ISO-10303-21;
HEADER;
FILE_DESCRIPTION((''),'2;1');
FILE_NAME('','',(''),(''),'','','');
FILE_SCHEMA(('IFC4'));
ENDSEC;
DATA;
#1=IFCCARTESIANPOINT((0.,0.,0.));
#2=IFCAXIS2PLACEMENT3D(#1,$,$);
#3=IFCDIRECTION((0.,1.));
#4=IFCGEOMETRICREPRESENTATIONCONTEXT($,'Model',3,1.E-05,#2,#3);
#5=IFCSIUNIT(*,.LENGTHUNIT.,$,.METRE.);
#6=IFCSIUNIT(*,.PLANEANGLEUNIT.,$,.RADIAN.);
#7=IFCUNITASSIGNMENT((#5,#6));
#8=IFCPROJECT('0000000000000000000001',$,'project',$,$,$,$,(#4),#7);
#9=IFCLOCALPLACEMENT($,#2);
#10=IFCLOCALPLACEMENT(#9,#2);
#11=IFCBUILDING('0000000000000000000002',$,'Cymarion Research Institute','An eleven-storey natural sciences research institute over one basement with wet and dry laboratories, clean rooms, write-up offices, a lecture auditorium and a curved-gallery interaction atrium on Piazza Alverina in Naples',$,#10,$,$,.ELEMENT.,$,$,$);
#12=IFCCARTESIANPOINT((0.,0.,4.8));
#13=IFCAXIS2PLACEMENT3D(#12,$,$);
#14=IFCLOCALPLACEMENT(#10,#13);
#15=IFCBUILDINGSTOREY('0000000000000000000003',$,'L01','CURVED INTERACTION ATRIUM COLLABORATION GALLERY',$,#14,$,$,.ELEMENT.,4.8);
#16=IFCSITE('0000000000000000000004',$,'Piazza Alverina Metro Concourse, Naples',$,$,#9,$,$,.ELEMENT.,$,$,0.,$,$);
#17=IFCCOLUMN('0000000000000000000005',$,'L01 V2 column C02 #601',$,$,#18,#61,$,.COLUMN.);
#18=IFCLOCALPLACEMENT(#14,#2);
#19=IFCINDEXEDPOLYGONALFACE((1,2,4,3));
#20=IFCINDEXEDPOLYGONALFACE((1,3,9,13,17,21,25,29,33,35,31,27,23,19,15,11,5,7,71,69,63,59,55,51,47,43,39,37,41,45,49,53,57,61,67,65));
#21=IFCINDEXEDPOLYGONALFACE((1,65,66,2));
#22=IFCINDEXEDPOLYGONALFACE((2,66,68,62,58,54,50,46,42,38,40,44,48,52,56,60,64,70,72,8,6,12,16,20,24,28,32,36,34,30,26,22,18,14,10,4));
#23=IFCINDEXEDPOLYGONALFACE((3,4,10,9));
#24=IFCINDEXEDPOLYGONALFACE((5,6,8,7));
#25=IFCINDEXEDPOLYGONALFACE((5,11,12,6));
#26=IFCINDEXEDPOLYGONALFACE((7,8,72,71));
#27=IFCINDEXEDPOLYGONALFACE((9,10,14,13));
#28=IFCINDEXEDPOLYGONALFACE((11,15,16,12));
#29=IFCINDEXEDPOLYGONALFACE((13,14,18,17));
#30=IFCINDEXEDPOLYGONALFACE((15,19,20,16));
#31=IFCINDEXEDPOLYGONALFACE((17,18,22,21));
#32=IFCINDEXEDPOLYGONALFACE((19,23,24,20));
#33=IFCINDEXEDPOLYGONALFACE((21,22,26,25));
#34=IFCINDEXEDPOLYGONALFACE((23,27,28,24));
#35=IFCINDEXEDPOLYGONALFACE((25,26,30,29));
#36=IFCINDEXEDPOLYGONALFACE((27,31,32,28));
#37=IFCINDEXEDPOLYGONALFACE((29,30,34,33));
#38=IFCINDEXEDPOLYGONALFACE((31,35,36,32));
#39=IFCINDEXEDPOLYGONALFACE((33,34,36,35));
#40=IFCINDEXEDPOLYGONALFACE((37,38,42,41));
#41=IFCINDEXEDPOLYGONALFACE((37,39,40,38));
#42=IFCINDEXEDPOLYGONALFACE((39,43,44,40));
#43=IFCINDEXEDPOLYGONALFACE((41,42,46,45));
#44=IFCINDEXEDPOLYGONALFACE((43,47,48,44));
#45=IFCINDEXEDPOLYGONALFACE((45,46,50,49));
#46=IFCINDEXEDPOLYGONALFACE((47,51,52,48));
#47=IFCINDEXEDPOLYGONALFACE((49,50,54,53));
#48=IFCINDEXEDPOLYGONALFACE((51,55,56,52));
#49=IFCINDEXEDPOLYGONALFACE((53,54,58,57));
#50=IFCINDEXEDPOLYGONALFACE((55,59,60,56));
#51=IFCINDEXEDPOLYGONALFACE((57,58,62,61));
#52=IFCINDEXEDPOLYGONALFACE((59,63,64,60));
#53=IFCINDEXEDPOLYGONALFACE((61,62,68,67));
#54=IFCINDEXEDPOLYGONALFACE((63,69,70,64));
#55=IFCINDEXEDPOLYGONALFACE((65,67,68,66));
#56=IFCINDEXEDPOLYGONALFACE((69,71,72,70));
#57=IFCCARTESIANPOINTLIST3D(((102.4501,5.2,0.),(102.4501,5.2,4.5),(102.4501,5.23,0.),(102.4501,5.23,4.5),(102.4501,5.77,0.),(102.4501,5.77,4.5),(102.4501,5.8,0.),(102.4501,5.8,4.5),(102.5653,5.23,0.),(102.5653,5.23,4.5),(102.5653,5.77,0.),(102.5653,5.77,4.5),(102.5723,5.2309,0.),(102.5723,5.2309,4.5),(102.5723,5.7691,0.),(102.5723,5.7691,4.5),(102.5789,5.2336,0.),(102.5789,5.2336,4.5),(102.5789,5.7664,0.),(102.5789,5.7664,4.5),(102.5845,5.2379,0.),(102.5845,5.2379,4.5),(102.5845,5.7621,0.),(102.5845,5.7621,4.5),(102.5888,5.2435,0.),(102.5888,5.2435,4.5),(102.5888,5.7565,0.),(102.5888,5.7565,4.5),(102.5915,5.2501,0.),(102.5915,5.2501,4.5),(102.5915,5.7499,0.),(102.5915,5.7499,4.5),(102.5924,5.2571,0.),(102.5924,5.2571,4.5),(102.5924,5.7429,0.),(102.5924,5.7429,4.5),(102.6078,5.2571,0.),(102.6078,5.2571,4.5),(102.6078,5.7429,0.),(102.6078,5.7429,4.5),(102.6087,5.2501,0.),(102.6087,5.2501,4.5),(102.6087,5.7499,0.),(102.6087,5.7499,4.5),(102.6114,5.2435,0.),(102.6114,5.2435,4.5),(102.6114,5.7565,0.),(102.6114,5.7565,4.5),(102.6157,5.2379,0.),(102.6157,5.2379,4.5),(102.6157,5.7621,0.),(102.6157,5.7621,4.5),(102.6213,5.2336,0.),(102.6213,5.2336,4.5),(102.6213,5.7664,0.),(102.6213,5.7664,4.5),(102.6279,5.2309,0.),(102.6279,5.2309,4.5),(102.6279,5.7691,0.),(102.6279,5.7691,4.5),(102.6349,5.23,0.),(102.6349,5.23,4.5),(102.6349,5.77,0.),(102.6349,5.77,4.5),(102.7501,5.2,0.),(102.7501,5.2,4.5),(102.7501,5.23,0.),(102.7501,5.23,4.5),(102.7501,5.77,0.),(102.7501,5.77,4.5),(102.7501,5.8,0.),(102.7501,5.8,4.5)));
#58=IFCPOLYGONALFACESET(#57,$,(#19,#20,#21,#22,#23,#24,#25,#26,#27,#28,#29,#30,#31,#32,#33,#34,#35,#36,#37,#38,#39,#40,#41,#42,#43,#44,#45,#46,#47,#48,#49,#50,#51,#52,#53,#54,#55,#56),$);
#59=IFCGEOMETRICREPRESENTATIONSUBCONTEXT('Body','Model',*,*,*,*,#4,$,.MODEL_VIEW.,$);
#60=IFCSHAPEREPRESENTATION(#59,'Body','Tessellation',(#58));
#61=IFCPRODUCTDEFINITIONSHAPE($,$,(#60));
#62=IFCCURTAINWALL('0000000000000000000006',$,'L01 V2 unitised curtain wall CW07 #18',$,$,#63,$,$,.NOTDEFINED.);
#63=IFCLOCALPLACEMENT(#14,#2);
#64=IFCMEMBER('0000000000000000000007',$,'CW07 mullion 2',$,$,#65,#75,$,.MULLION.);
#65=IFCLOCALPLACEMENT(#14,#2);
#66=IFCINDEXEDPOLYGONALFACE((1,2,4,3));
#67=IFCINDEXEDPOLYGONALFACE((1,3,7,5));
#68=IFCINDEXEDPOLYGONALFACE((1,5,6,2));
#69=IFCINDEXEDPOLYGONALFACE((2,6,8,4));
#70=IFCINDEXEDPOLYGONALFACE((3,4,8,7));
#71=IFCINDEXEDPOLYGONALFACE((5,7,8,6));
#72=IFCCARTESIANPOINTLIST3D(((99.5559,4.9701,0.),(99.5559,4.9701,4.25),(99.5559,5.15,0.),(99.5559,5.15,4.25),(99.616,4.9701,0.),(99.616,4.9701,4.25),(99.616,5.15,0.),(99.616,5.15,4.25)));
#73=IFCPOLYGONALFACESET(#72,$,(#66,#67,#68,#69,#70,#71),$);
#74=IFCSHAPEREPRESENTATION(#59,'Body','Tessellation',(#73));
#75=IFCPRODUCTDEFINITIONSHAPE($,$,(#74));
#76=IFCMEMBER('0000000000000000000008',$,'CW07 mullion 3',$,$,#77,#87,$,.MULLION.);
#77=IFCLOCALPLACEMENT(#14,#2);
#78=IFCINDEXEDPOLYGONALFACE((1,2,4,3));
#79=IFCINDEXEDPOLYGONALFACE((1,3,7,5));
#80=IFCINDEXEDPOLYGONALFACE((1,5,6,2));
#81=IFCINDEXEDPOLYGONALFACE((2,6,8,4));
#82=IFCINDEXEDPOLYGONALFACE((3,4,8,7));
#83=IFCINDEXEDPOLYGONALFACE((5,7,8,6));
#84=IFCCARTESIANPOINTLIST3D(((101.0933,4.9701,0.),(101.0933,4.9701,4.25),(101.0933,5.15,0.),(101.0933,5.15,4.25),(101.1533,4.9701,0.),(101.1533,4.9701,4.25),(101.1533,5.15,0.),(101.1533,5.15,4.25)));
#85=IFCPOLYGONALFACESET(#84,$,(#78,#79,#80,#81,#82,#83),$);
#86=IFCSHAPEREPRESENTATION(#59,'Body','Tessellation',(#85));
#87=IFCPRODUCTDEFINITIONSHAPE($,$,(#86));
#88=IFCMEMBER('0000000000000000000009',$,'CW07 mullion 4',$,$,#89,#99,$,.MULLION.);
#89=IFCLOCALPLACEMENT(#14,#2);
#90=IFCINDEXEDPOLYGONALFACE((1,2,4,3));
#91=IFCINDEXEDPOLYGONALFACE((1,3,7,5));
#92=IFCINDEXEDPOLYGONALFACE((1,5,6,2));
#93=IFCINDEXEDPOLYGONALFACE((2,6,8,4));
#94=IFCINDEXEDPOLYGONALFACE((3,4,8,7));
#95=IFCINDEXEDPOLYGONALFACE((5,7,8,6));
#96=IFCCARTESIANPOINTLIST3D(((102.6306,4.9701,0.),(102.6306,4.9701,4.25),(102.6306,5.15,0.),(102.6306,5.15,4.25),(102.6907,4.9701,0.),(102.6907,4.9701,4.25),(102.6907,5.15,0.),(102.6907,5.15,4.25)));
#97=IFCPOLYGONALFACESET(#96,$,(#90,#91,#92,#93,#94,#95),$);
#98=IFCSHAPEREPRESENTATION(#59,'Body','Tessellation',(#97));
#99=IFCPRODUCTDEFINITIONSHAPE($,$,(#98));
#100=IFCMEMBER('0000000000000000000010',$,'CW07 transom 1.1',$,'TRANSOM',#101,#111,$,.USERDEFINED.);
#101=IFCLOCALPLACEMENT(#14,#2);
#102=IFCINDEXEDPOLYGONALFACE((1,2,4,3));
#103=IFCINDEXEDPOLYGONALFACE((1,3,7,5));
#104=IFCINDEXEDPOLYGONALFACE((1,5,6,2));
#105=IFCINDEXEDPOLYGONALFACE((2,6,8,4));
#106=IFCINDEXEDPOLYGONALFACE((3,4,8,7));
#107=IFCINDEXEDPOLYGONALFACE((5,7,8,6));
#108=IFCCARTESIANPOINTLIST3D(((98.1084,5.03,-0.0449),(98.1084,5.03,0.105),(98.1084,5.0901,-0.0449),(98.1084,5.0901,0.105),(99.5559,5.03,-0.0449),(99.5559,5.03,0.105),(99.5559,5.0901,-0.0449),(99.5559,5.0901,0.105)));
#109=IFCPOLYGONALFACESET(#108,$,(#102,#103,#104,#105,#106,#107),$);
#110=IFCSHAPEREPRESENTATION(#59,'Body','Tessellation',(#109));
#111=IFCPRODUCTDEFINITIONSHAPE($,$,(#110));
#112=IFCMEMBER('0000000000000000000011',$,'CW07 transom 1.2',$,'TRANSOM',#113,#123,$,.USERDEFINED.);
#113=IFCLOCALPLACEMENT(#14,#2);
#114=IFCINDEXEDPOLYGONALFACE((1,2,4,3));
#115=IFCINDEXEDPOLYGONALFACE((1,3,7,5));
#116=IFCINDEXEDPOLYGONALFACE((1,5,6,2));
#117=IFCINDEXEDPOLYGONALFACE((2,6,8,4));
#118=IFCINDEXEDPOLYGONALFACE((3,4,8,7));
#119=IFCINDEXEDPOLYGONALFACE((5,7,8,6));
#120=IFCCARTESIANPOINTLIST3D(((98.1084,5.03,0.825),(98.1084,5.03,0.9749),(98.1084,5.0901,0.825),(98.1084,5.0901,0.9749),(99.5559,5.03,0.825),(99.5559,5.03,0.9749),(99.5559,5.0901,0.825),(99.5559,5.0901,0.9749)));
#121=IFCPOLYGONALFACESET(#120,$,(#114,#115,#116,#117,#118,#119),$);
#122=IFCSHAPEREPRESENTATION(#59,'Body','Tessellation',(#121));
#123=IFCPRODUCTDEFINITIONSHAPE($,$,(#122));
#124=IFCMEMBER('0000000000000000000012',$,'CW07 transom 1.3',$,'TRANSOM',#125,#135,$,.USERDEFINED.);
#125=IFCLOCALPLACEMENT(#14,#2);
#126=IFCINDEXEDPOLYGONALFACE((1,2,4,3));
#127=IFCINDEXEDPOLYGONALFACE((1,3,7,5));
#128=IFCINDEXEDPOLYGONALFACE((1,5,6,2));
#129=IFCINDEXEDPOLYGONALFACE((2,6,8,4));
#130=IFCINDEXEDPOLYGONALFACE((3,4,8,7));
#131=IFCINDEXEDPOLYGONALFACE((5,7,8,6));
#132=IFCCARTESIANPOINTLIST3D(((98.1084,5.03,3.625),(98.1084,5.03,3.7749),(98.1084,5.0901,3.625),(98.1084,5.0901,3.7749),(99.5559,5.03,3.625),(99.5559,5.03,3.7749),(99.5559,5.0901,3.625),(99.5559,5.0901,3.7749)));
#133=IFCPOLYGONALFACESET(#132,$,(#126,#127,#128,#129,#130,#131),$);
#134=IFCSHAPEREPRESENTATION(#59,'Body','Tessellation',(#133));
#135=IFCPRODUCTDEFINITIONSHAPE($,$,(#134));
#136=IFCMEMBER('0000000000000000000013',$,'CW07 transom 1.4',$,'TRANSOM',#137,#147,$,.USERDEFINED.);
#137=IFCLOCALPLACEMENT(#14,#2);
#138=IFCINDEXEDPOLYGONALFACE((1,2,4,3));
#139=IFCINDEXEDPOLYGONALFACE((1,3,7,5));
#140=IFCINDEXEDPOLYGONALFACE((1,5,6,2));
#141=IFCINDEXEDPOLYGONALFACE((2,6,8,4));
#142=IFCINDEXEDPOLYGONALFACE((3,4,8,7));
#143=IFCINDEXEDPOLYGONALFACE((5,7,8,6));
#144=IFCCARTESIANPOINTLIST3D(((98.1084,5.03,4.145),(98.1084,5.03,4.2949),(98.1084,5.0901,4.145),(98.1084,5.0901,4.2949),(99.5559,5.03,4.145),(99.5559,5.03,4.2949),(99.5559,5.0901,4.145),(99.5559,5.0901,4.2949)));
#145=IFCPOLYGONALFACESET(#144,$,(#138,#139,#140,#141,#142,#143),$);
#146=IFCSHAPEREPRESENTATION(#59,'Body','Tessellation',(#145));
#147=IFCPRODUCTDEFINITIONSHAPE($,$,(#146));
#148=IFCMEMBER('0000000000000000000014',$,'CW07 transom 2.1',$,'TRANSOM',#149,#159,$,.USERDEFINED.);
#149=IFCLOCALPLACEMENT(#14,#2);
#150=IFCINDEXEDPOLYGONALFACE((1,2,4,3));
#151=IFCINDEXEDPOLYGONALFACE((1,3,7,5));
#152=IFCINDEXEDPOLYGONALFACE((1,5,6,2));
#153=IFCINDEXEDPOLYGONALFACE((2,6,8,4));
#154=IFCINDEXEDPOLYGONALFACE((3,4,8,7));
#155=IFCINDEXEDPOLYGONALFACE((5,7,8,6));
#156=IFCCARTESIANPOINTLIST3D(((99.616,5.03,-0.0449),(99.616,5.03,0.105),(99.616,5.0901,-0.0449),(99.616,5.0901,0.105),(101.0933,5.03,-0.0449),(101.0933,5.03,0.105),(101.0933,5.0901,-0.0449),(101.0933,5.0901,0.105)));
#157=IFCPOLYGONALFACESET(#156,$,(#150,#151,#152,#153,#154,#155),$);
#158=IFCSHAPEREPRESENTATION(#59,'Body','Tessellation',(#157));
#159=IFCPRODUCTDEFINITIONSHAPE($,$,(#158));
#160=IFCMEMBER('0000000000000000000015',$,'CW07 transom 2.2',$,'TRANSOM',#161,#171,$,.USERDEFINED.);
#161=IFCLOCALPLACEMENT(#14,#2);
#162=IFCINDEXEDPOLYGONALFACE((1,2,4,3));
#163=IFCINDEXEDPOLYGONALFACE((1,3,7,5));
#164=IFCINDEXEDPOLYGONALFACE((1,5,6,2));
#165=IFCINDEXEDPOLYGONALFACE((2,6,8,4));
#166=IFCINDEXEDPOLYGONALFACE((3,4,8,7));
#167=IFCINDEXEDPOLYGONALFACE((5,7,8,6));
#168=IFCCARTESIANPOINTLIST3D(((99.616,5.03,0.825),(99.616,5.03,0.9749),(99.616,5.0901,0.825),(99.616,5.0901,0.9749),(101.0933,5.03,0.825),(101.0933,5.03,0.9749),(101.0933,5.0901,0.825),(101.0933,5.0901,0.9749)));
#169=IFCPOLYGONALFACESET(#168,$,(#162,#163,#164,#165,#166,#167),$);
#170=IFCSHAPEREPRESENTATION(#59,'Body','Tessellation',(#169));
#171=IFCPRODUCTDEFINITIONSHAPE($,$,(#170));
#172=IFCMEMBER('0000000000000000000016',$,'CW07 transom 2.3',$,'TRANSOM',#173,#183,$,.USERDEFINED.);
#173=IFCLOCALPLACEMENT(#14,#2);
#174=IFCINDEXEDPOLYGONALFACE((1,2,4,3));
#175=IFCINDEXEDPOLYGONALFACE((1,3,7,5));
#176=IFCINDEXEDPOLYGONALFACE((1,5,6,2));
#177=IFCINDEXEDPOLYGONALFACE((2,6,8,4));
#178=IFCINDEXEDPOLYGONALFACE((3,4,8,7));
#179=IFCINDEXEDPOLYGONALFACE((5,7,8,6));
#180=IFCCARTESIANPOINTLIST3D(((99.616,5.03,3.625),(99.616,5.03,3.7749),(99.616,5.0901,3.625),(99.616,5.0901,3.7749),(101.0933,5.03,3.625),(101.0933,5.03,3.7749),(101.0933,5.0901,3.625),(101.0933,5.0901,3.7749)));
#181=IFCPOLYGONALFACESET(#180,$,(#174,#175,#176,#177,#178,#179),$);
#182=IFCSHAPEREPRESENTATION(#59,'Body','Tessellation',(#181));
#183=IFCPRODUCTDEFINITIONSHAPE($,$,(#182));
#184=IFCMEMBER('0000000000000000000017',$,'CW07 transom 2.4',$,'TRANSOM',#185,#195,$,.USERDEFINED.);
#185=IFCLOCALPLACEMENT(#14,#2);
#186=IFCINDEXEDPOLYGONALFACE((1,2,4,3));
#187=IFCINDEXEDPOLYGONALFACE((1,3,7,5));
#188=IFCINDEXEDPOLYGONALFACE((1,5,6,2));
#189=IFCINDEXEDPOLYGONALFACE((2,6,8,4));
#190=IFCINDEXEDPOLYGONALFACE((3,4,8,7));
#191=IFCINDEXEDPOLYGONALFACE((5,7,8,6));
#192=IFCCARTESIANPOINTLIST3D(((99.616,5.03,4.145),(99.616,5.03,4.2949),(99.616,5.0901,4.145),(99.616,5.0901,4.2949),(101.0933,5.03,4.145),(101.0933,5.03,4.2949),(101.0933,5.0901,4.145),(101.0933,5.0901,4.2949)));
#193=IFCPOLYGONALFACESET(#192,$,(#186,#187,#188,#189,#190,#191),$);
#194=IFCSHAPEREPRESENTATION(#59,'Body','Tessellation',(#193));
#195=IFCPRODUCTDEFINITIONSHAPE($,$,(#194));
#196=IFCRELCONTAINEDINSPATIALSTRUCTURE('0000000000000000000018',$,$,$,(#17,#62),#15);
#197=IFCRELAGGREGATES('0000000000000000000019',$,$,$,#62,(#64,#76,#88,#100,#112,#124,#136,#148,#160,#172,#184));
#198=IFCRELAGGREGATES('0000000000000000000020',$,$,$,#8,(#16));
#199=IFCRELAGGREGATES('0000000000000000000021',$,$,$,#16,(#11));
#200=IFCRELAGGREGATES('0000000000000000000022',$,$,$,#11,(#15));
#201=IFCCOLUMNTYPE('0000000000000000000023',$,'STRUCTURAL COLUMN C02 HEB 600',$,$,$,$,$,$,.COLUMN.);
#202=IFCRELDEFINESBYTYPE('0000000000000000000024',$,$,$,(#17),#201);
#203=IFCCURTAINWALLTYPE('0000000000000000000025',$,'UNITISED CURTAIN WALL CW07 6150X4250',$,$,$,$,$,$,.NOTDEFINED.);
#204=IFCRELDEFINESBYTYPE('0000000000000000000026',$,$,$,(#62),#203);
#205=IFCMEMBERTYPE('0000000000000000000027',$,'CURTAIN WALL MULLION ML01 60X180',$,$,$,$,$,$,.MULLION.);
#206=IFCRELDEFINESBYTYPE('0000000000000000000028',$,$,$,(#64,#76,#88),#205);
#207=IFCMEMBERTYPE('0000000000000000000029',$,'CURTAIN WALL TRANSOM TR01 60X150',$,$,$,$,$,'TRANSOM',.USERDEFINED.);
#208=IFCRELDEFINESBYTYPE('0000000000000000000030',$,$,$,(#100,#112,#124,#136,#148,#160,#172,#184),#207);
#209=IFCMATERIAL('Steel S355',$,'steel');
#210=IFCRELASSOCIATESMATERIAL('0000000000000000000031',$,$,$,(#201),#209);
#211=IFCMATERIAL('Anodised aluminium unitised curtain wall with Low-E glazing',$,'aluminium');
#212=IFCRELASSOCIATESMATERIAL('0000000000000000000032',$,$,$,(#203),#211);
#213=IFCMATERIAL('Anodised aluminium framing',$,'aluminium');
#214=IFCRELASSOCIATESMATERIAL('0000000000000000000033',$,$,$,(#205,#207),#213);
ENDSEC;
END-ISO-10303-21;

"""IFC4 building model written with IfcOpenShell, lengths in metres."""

from ifc_helpers import new_model, si_unit, direction, frame, origin, origin_2d, place, context, subcontext, project, spatial, rectangle, i_section, extrude, material, material_profile, profile_set, type_object, element, aggregate, save


model = new_model("IFC4")

# Units and contexts
model_context = context("Model", 3, precision=1e-05, world=origin(), true_north=direction((0.0, 1.0)))
body_context = subcontext(model_context, "Body", "Model", "MODEL_VIEW")
ifc_project = project(units=[si_unit("LENGTHUNIT", "METRE"), si_unit("PLANEANGLEUNIT", "RADIAN")], contexts=[model_context])

# Site, building, storey
site_placement = place(None, origin())
site = spatial("IfcSite", under=ifc_project, at=site_placement, Name="Piazza Alverina Metro Concourse, Naples", CompositionType="ELEMENT", RefElevation=0.0)
building_placement = place(site_placement, origin())
building = spatial("IfcBuilding", under=site, at=building_placement, Name="Cymarion Research Institute", Description="An eleven-storey natural sciences research institute over one basement with wet and dry laboratories, clean rooms, write-up offices, a lecture auditorium and a curved-gallery interaction atrium on Piazza Alverina in Naples", CompositionType="ELEMENT")
storey_placement = place(building_placement, frame((0.0, 0.0, 4.8)))
storey = spatial("IfcBuildingStorey", under=building, at=storey_placement, Name="L01", Description="CURVED INTERACTION ATRIUM COLLABORATION GALLERY", CompositionType="ELEMENT", Elevation=4.8)

# Column
ifc_material_1 = material(Name="Steel S355", Category="steel")
ifc_material_profile_1 = material_profile(ifc_material_1, i_section(OverallWidth=0.3, OverallDepth=0.6001, WebThickness=0.0154, FlangeThickness=0.03, FilletRadius=0.0271, at=origin_2d()), Name="HEB 600")
ifc_profile_set_1 = profile_set([ifc_material_profile_1], Name="Steel S355")
column_type = type_object("IfcColumnType", Name="STRUCTURAL COLUMN C02 HEB 600", PredefinedType="COLUMN", material=ifc_profile_set_1)
column_placement = place(storey_placement, frame((102.6001, 5.5, 0.0), z_axis=(0.0, 0.0, 1.0), x_axis=(1.0, 0.0, 0.0)))
element("IfcColumn", 1, at=column_placement, inside=storey, type_object=column_type, Name="L01 V2 column C02 #601", PredefinedType="COLUMN", context=body_context, shape_type="SweptSolid", body=[
    extrude(i_section(OverallWidth=0.3, OverallDepth=0.6001, WebThickness=0.0154, FlangeThickness=0.03, FilletRadius=0.0271, at=origin_2d()), origin(), (0.0, 0.0, 1.0), 4.5),
])

# Curtain wall, members
ifc_material_2 = material(Name="Anodised aluminium unitised curtain wall with Low-E glazing", Category="aluminium")
curtain_wall_type = type_object("IfcCurtainWallType", Name="UNITISED CURTAIN WALL CW07 6150X4250", PredefinedType="NOTDEFINED", material=ifc_material_2)
curtain_wall_placement = place(storey_placement, origin())
curtain_wall = element("IfcCurtainWall", 2, at=curtain_wall_placement, inside=storey, type_object=curtain_wall_type, Name="L01 V2 unitised curtain wall CW07 #18", PredefinedType="NOTDEFINED")
ifc_material_3 = material(Name="Anodised aluminium framing", Category="aluminium")
ifc_material_profile_2 = material_profile(ifc_material_3, rectangle(XDim=0.0601, YDim=0.1799, at=origin_2d()), Name="ALU MULLION 60x180")
ifc_profile_set_2 = profile_set([ifc_material_profile_2], Name="Anodised aluminium framing")
member_type_1 = type_object("IfcMemberType", Name="CURTAIN WALL MULLION ML01 60X180", PredefinedType="MULLION", material=ifc_profile_set_2)
member_1_placement = place(storey_placement, frame((99.5859, 5.0601, 0.0), z_axis=(0.0, 0.0, 1.0), x_axis=(1.0, 0.0, 0.0)))
member_1 = element("IfcMember", 3, at=member_1_placement, type_object=member_type_1, Name="CW07 mullion 2", PredefinedType="MULLION", context=body_context, shape_type="SweptSolid", body=[
    extrude(rectangle(XDim=0.0601, YDim=0.1799, at=origin_2d()), origin(), (0.0, 0.0, 1.0), 4.25),
])
member_2_placement = place(storey_placement, frame((101.1233, 5.0601, 0.0), z_axis=(0.0, 0.0, 1.0), x_axis=(1.0, 0.0, 0.0)))
member_2 = element("IfcMember", 4, at=member_2_placement, type_object=member_type_1, Name="CW07 mullion 3", PredefinedType="MULLION", context=body_context, shape_type="SweptSolid", body=[
    extrude(rectangle(XDim=0.0601, YDim=0.1799, at=origin_2d()), origin(), (0.0, 0.0, 1.0), 4.25),
])
member_3_placement = place(storey_placement, frame((102.6606, 5.0601, 0.0), z_axis=(0.0, 0.0, 1.0), x_axis=(1.0, 0.0, 0.0)))
member_3 = element("IfcMember", 5, at=member_3_placement, type_object=member_type_1, Name="CW07 mullion 4", PredefinedType="MULLION", context=body_context, shape_type="SweptSolid", body=[
    extrude(rectangle(XDim=0.0601, YDim=0.1799, at=origin_2d()), origin(), (0.0, 0.0, 1.0), 4.25),
])
ifc_material_profile_3 = material_profile(ifc_material_3, rectangle(XDim=0.0601, YDim=0.1499, at=origin_2d()), Name="ALU TRANSOM 60x150")
ifc_profile_set_3 = profile_set([ifc_material_profile_3], Name="Anodised aluminium framing")
member_type_2 = type_object("IfcMemberType", Name="CURTAIN WALL TRANSOM TR01 60X150", ElementType="TRANSOM", PredefinedType="USERDEFINED", material=ifc_profile_set_3)
member_4_placement = place(storey_placement, frame((98.1084, 5.0601, 0.03), z_axis=(1.0, 0.0, 0.0), x_axis=(0.0, 1.0, 0.0)))
member_4 = element("IfcMember", 6, at=member_4_placement, type_object=member_type_2, Name="CW07 transom 1.1", ObjectType="TRANSOM", PredefinedType="USERDEFINED", context=body_context, shape_type="SweptSolid", body=[
    extrude(rectangle(XDim=0.0601, YDim=0.1499, at=origin_2d()), origin(), (0.0, 0.0, 1.0), 1.4475),
])
member_5_placement = place(storey_placement, frame((98.1084, 5.0601, 0.8999), z_axis=(1.0, 0.0, 0.0), x_axis=(0.0, 1.0, 0.0)))
member_5 = element("IfcMember", 7, at=member_5_placement, type_object=member_type_2, Name="CW07 transom 1.2", ObjectType="TRANSOM", PredefinedType="USERDEFINED", context=body_context, shape_type="SweptSolid", body=[
    extrude(rectangle(XDim=0.0601, YDim=0.1499, at=origin_2d()), origin(), (0.0, 0.0, 1.0), 1.4475),
])
member_6_placement = place(storey_placement, frame((98.1084, 5.0601, 3.7), z_axis=(1.0, 0.0, 0.0), x_axis=(0.0, 1.0, 0.0)))
member_6 = element("IfcMember", 8, at=member_6_placement, type_object=member_type_2, Name="CW07 transom 1.3", ObjectType="TRANSOM", PredefinedType="USERDEFINED", context=body_context, shape_type="SweptSolid", body=[
    extrude(rectangle(XDim=0.0601, YDim=0.1499, at=origin_2d()), origin(), (0.0, 0.0, 1.0), 1.4475),
])
member_7_placement = place(storey_placement, frame((98.1084, 5.0601, 4.22), z_axis=(1.0, 0.0, 0.0), x_axis=(0.0, 1.0, 0.0)))
member_7 = element("IfcMember", 9, at=member_7_placement, type_object=member_type_2, Name="CW07 transom 1.4", ObjectType="TRANSOM", PredefinedType="USERDEFINED", context=body_context, shape_type="SweptSolid", body=[
    extrude(rectangle(XDim=0.0601, YDim=0.1499, at=origin_2d()), origin(), (0.0, 0.0, 1.0), 1.4475),
])
member_8_placement = place(storey_placement, frame((99.616, 5.0601, 0.03), z_axis=(1.0, 0.0, 0.0), x_axis=(0.0, 1.0, 0.0)))
member_8 = element("IfcMember", 10, at=member_8_placement, type_object=member_type_2, Name="CW07 transom 2.1", ObjectType="TRANSOM", PredefinedType="USERDEFINED", context=body_context, shape_type="SweptSolid", body=[
    extrude(rectangle(XDim=0.0601, YDim=0.1499, at=origin_2d()), origin(), (0.0, 0.0, 1.0), 1.4773),
])
member_9_placement = place(storey_placement, frame((99.616, 5.0601, 0.8999), z_axis=(1.0, 0.0, 0.0), x_axis=(0.0, 1.0, 0.0)))
member_9 = element("IfcMember", 11, at=member_9_placement, type_object=member_type_2, Name="CW07 transom 2.2", ObjectType="TRANSOM", PredefinedType="USERDEFINED", context=body_context, shape_type="SweptSolid", body=[
    extrude(rectangle(XDim=0.0601, YDim=0.1499, at=origin_2d()), origin(), (0.0, 0.0, 1.0), 1.4773),
])
member_10_placement = place(storey_placement, frame((99.616, 5.0601, 3.7), z_axis=(1.0, 0.0, 0.0), x_axis=(0.0, 1.0, 0.0)))
member_10 = element("IfcMember", 12, at=member_10_placement, type_object=member_type_2, Name="CW07 transom 2.3", ObjectType="TRANSOM", PredefinedType="USERDEFINED", context=body_context, shape_type="SweptSolid", body=[
    extrude(rectangle(XDim=0.0601, YDim=0.1499, at=origin_2d()), origin(), (0.0, 0.0, 1.0), 1.4773),
])
member_11_placement = place(storey_placement, frame((99.616, 5.0601, 4.22), z_axis=(1.0, 0.0, 0.0), x_axis=(0.0, 1.0, 0.0)))
member_11 = element("IfcMember", 13, at=member_11_placement, type_object=member_type_2, Name="CW07 transom 2.4", ObjectType="TRANSOM", PredefinedType="USERDEFINED", context=body_context, shape_type="SweptSolid", body=[
    extrude(rectangle(XDim=0.0601, YDim=0.1499, at=origin_2d()), origin(), (0.0, 0.0, 1.0), 1.4773),
])

aggregate(curtain_wall, [member_1, member_2, member_3, member_4, member_5, member_6, member_7, member_8, member_9, member_10, member_11])

save(model, "model.ifc")
